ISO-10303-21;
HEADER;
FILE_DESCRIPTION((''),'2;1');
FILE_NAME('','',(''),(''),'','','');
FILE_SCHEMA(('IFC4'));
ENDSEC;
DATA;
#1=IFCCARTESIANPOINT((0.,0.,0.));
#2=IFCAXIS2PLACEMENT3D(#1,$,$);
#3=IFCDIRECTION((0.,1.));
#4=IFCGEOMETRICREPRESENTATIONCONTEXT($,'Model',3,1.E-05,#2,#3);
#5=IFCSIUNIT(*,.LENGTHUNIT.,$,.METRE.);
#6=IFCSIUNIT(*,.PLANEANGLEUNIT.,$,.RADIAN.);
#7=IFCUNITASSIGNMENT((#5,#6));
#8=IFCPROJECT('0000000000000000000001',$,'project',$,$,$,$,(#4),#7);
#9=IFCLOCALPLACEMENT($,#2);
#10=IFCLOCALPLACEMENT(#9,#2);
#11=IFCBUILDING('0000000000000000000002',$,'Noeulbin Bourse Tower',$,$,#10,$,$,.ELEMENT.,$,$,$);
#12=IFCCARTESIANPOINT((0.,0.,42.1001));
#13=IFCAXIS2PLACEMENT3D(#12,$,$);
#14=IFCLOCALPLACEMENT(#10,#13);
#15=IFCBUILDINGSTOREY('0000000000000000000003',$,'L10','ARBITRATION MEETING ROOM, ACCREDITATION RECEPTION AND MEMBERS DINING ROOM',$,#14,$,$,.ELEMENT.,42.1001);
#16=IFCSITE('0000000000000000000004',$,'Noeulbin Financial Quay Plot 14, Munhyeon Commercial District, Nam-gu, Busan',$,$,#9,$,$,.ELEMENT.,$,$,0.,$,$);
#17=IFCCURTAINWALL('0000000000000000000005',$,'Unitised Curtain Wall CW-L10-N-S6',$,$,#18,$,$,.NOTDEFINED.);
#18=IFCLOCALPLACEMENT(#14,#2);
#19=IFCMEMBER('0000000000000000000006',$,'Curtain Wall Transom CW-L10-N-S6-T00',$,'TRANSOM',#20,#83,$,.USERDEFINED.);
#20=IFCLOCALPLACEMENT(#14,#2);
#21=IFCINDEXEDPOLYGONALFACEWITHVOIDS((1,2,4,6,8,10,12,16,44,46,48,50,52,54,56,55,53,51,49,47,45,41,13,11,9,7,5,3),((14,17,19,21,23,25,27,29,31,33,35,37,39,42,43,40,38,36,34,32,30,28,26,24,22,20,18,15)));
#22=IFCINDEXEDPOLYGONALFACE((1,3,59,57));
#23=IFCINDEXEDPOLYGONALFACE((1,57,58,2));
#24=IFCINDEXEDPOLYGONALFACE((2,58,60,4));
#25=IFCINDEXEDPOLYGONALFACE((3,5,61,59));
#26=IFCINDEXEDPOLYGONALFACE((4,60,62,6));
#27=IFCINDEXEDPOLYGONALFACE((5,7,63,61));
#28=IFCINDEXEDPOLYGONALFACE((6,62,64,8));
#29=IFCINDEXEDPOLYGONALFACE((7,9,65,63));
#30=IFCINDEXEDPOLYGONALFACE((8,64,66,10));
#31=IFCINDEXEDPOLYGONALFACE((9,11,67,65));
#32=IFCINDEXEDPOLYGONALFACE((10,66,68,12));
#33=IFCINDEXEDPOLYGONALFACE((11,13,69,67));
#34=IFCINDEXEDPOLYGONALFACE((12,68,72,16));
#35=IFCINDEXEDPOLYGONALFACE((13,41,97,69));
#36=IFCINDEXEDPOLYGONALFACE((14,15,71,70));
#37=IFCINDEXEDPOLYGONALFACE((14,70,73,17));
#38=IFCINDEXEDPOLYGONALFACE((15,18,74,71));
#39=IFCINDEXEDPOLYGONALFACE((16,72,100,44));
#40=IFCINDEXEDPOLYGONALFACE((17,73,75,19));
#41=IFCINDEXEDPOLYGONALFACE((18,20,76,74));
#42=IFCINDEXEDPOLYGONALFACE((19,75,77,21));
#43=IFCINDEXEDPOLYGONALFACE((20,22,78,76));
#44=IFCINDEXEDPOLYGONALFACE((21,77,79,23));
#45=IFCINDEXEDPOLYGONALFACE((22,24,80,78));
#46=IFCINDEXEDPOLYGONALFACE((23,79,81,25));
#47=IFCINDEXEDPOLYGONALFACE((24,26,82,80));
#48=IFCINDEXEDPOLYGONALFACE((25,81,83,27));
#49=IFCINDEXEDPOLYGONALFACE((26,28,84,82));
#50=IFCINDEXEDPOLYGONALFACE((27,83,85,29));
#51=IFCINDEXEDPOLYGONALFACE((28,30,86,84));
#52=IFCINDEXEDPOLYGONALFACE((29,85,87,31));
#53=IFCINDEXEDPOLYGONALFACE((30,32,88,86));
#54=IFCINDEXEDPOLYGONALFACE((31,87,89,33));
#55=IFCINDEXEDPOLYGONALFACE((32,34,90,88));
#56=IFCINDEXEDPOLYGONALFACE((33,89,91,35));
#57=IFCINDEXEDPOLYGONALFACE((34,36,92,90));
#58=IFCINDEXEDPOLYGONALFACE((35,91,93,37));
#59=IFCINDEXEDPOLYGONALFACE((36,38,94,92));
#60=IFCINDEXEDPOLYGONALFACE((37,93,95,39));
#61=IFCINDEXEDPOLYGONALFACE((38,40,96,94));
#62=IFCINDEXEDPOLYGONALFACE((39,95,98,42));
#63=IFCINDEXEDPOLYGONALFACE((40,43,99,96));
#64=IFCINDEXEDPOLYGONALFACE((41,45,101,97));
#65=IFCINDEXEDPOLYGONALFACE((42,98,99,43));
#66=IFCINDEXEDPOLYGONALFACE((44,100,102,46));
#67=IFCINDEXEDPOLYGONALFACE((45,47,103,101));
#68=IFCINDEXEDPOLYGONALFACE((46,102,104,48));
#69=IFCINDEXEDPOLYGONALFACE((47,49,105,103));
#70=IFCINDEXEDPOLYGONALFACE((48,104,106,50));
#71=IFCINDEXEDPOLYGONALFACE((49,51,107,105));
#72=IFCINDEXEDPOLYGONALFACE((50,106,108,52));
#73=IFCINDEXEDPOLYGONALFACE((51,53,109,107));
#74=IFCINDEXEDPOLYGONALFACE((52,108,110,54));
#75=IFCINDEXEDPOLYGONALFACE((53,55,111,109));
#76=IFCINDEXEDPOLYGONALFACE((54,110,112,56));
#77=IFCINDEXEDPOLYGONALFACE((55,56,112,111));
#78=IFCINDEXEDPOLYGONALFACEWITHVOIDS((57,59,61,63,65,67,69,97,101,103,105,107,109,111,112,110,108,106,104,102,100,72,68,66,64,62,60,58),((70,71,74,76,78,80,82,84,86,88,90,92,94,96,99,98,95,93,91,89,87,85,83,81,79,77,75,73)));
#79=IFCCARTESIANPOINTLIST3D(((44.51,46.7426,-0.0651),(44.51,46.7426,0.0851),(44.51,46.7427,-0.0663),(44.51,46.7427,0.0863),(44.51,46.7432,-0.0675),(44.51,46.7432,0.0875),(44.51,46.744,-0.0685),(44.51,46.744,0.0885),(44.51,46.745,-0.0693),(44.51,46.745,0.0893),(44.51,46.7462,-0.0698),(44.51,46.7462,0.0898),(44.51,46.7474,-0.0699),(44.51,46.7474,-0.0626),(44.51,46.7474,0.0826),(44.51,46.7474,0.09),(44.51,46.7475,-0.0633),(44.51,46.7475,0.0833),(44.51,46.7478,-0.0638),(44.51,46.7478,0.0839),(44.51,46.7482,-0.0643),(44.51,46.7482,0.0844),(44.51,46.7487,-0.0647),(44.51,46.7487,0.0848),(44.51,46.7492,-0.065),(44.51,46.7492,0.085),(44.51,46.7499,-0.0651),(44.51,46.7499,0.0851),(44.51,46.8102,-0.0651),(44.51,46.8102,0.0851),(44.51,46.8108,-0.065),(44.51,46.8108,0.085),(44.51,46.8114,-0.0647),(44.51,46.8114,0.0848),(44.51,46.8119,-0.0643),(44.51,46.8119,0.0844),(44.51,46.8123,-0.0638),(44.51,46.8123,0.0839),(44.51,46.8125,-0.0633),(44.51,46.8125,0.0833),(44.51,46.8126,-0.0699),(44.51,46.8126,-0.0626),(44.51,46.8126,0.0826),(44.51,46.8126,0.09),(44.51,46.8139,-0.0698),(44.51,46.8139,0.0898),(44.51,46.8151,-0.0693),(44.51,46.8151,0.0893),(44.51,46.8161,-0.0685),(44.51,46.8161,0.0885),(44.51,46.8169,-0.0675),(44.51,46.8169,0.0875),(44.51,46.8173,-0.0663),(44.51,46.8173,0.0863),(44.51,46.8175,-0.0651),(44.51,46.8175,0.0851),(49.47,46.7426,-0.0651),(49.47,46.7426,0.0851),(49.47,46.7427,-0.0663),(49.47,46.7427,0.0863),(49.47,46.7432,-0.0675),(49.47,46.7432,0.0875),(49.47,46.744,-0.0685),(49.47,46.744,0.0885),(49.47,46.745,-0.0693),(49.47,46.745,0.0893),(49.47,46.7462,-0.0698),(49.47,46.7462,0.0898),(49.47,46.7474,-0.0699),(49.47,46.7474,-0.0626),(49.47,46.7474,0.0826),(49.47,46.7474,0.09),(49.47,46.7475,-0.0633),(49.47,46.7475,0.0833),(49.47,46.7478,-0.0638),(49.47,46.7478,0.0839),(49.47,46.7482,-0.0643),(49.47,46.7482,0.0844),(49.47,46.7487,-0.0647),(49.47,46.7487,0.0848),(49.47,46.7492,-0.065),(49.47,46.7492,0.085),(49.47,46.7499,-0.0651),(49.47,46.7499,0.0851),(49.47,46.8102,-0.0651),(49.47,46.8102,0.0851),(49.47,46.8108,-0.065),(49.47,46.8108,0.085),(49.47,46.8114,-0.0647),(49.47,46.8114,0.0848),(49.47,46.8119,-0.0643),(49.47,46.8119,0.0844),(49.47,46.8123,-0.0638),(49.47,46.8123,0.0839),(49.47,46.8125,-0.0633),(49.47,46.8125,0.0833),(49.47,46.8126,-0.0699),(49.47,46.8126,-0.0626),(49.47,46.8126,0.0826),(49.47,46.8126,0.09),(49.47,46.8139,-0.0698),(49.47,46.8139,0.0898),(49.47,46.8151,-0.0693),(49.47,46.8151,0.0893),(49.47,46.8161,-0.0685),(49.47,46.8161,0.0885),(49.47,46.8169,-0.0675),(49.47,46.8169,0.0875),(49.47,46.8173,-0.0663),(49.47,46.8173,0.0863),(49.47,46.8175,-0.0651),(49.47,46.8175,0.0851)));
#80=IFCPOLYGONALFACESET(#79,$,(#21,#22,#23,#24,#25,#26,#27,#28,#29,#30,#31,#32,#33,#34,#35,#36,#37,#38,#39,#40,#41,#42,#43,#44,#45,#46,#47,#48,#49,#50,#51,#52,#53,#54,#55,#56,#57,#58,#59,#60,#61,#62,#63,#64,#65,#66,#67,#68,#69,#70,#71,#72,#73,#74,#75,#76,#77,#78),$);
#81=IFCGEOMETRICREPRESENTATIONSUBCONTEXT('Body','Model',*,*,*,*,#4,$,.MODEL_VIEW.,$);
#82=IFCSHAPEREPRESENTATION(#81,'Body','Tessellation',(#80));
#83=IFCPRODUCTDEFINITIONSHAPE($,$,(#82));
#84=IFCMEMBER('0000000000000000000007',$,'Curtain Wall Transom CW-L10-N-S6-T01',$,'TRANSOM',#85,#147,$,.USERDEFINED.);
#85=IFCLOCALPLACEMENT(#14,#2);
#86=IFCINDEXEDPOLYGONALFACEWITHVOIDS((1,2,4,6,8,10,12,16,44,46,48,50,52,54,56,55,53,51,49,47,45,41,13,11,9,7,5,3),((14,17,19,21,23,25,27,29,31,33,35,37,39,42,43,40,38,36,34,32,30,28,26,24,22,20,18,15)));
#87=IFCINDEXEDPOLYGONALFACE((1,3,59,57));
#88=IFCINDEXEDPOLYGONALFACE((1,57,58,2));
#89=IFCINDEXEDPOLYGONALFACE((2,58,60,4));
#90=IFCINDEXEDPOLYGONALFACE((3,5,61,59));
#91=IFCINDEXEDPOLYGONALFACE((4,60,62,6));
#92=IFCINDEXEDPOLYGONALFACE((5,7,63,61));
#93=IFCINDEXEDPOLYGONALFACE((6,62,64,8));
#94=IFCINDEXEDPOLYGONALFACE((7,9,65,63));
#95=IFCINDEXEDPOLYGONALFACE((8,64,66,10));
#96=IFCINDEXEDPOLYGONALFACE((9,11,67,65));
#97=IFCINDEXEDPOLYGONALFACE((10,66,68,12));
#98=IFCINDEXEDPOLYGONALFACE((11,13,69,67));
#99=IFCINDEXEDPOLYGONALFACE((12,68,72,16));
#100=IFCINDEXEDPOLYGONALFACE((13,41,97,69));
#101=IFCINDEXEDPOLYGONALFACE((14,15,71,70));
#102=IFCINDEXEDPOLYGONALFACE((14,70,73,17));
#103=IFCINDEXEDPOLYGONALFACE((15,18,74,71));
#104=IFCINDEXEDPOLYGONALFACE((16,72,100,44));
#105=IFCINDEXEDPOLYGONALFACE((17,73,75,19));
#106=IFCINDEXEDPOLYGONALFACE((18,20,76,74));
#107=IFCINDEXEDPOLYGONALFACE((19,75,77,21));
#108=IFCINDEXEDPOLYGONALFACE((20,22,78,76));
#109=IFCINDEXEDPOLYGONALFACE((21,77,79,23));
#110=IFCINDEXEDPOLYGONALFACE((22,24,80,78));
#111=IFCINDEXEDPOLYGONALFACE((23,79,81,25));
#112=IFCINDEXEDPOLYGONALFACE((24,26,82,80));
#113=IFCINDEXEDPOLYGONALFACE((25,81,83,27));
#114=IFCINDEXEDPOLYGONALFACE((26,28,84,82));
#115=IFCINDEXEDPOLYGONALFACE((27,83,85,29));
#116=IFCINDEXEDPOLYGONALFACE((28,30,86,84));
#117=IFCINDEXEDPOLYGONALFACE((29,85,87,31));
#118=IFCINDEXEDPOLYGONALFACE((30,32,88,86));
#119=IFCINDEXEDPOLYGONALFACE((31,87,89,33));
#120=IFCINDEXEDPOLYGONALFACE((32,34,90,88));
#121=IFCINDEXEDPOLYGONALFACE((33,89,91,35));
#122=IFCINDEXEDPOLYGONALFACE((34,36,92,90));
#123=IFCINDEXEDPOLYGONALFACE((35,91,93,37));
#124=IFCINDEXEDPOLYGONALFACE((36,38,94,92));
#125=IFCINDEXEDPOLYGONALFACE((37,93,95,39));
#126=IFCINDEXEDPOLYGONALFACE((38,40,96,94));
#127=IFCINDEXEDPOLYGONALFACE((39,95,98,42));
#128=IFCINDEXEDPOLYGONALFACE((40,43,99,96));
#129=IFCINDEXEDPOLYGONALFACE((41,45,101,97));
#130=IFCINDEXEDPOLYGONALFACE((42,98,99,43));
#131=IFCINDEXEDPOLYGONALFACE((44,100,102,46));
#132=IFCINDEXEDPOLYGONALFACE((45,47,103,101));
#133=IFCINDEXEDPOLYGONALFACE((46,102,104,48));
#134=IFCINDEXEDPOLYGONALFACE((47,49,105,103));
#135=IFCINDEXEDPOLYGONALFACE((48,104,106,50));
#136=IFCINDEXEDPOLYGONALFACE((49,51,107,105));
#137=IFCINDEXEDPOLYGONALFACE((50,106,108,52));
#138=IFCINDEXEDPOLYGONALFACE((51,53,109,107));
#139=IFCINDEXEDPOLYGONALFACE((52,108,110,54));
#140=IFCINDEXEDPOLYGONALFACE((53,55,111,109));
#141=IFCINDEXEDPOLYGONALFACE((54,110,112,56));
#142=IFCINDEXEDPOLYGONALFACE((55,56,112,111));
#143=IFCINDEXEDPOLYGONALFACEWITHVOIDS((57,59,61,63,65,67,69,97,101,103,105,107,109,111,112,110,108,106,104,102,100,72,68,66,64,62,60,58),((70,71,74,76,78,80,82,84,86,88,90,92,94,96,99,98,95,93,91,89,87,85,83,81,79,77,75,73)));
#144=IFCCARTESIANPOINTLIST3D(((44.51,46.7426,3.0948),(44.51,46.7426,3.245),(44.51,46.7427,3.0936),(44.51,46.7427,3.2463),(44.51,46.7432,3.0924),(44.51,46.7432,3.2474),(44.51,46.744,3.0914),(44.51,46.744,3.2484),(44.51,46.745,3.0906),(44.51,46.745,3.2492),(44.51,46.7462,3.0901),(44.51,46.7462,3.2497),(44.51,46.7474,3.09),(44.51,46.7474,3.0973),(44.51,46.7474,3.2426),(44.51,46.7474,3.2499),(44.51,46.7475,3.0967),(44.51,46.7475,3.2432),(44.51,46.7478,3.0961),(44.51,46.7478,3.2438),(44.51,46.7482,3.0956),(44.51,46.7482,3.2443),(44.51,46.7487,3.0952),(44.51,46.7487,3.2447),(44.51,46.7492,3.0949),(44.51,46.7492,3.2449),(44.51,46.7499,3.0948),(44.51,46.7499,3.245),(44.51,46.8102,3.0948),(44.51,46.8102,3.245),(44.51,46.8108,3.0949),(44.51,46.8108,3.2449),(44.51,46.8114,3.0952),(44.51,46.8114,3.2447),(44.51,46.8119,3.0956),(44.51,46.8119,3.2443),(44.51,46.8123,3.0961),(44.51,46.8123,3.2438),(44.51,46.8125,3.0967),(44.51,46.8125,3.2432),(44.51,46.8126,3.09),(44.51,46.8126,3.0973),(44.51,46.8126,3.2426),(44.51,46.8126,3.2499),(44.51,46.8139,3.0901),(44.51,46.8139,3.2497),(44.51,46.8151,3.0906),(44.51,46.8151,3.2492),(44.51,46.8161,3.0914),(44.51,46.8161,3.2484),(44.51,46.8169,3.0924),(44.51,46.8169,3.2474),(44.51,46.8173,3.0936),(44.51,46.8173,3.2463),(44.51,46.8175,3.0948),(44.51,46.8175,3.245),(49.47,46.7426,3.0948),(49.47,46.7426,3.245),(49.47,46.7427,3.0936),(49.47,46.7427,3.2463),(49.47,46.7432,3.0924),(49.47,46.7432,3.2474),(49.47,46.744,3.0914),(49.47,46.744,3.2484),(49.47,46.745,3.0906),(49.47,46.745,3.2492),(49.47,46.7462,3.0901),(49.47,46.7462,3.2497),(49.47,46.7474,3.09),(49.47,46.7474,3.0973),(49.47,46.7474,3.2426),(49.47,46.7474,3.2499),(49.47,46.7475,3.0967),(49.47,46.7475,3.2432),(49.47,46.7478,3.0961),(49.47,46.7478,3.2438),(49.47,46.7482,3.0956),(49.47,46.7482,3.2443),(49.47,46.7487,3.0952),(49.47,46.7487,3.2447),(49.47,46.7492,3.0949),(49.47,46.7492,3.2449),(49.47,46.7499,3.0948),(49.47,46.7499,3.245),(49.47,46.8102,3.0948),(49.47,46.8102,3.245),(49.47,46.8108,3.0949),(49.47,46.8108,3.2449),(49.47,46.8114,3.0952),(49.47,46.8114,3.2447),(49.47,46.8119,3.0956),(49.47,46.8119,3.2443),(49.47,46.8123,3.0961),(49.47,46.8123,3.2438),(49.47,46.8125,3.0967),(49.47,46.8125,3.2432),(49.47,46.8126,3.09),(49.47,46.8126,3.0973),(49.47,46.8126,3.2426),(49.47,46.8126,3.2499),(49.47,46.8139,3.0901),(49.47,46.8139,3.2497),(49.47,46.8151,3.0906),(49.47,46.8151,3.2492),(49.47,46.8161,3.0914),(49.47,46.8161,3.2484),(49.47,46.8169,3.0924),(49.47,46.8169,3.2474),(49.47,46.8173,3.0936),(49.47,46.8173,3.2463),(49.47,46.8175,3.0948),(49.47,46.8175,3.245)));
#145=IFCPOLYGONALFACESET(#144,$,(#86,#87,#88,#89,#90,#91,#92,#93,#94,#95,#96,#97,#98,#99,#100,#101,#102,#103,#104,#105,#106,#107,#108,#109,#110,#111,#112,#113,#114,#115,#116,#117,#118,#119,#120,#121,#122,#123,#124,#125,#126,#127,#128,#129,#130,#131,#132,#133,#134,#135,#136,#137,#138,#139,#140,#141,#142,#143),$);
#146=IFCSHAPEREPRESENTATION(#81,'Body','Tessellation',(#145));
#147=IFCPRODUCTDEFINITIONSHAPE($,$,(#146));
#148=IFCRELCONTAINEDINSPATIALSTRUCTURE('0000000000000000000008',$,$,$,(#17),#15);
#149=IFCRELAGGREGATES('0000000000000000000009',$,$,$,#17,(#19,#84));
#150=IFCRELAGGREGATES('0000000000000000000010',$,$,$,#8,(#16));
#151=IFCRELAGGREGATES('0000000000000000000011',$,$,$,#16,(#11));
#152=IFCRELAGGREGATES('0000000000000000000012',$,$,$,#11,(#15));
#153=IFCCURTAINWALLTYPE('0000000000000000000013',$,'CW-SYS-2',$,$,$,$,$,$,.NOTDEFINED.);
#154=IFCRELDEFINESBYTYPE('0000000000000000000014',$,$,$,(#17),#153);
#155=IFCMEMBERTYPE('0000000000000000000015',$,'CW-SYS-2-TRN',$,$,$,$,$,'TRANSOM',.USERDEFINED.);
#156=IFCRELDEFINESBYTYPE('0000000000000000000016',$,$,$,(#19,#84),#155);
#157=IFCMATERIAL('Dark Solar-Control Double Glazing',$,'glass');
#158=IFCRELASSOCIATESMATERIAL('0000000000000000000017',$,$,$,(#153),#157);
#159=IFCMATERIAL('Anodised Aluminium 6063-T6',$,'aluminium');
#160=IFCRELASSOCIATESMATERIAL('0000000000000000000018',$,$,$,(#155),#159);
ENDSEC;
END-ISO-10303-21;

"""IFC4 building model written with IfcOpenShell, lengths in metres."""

from ifc_helpers import new_model, si_unit, direction, frame, origin, origin_2d, place, context, subcontext, project, spatial, hollow_rectangle, extrude, material, material_profile, profile_set, type_object, element, aggregate, save


model = new_model("IFC4")

# Units and contexts
model_context = context("Model", 3, precision=1e-05, world=origin(), true_north=direction((0.0, 1.0)))
body_context = subcontext(model_context, "Body", "Model", "MODEL_VIEW")
ifc_project = project(units=[si_unit("LENGTHUNIT", "METRE"), si_unit("PLANEANGLEUNIT", "RADIAN")], contexts=[model_context])

# Site, building, storey
site_placement = place(None, origin())
site = spatial("IfcSite", under=ifc_project, at=site_placement, Name="Noeulbin Financial Quay Plot 14, Munhyeon Commercial District, Nam-gu, Busan", CompositionType="ELEMENT", RefElevation=0.0)
building_placement = place(site_placement, origin())
building = spatial("IfcBuilding", under=site, at=building_placement, Name="Noeulbin Bourse Tower", CompositionType="ELEMENT")
storey_placement = place(building_placement, frame((0.0, 0.0, 42.1001)))
storey = spatial("IfcBuildingStorey", under=building, at=storey_placement, Name="L10", Description="ARBITRATION MEETING ROOM, ACCREDITATION RECEPTION AND MEMBERS DINING ROOM", CompositionType="ELEMENT", Elevation=42.1001)

# Shared definitions
ifc_material_1 = material(Name="Dark Solar-Control Double Glazing", Category="glass")
curtain_wall_type = type_object("IfcCurtainWallType", Name="CW-SYS-2", PredefinedType="NOTDEFINED", material=ifc_material_1)
ifc_material_2 = material(Name="Anodised Aluminium 6063-T6", Category="aluminium")

# Curtain wall
curtain_wall_1_placement = place(storey_placement, origin())
curtain_wall_1 = element("IfcCurtainWall", 1, at=curtain_wall_1_placement, inside=storey, type_object=curtain_wall_type, Name="Unitised Curtain Wall CW-L10-N-S6", PredefinedType="NOTDEFINED")

# Members
ifc_material_profile_1 = material_profile(ifc_material_2, hollow_rectangle(XDim=0.075, YDim=0.1599, WallThickness=0.0049, InnerFilletRadius=0.0024, OuterFilletRadius=0.0049, at=origin_2d()), Name="ALU-TRAN-75x160x5", Category="LoadBearing")
ifc_profile_set_1 = profile_set([ifc_material_profile_1], Name="Anodised Aluminium 6063-T6")
member_type_1 = type_object("IfcMemberType", Name="CW-SYS-2-TRN", ElementType="TRANSOM", PredefinedType="USERDEFINED", material=ifc_profile_set_1)
member_1_placement = place(storey_placement, frame((44.51, 46.78, 0.01), z_axis=(1.0, 0.0, 0.0), x_axis=(0.0, 1.0, 0.0)))
member_1 = element("IfcMember", 2, at=member_1_placement, type_object=member_type_1, Name="Curtain Wall Transom CW-L10-N-S6-T00", ObjectType="TRANSOM", PredefinedType="USERDEFINED", context=body_context, shape_type="SweptSolid", body=[
    extrude(hollow_rectangle(XDim=0.075, YDim=0.1599, WallThickness=0.0049, InnerFilletRadius=0.0024, OuterFilletRadius=0.0049, at=origin_2d()), origin(), (0.0, 0.0, 1.0), 4.96),
])
member_2_placement = place(storey_placement, frame((44.51, 46.78, 3.1699), z_axis=(1.0, 0.0, 0.0), x_axis=(0.0, 1.0, 0.0)))
member_2 = element("IfcMember", 3, at=member_2_placement, type_object=member_type_1, Name="Curtain Wall Transom CW-L10-N-S6-T01", ObjectType="TRANSOM", PredefinedType="USERDEFINED", context=body_context, shape_type="SweptSolid", body=[
    extrude(hollow_rectangle(XDim=0.075, YDim=0.1599, WallThickness=0.0049, InnerFilletRadius=0.0024, OuterFilletRadius=0.0049, at=origin_2d()), origin(), (0.0, 0.0, 1.0), 4.96),
])

aggregate(curtain_wall_1, [member_1, member_2])

save(model, "model.ifc")
